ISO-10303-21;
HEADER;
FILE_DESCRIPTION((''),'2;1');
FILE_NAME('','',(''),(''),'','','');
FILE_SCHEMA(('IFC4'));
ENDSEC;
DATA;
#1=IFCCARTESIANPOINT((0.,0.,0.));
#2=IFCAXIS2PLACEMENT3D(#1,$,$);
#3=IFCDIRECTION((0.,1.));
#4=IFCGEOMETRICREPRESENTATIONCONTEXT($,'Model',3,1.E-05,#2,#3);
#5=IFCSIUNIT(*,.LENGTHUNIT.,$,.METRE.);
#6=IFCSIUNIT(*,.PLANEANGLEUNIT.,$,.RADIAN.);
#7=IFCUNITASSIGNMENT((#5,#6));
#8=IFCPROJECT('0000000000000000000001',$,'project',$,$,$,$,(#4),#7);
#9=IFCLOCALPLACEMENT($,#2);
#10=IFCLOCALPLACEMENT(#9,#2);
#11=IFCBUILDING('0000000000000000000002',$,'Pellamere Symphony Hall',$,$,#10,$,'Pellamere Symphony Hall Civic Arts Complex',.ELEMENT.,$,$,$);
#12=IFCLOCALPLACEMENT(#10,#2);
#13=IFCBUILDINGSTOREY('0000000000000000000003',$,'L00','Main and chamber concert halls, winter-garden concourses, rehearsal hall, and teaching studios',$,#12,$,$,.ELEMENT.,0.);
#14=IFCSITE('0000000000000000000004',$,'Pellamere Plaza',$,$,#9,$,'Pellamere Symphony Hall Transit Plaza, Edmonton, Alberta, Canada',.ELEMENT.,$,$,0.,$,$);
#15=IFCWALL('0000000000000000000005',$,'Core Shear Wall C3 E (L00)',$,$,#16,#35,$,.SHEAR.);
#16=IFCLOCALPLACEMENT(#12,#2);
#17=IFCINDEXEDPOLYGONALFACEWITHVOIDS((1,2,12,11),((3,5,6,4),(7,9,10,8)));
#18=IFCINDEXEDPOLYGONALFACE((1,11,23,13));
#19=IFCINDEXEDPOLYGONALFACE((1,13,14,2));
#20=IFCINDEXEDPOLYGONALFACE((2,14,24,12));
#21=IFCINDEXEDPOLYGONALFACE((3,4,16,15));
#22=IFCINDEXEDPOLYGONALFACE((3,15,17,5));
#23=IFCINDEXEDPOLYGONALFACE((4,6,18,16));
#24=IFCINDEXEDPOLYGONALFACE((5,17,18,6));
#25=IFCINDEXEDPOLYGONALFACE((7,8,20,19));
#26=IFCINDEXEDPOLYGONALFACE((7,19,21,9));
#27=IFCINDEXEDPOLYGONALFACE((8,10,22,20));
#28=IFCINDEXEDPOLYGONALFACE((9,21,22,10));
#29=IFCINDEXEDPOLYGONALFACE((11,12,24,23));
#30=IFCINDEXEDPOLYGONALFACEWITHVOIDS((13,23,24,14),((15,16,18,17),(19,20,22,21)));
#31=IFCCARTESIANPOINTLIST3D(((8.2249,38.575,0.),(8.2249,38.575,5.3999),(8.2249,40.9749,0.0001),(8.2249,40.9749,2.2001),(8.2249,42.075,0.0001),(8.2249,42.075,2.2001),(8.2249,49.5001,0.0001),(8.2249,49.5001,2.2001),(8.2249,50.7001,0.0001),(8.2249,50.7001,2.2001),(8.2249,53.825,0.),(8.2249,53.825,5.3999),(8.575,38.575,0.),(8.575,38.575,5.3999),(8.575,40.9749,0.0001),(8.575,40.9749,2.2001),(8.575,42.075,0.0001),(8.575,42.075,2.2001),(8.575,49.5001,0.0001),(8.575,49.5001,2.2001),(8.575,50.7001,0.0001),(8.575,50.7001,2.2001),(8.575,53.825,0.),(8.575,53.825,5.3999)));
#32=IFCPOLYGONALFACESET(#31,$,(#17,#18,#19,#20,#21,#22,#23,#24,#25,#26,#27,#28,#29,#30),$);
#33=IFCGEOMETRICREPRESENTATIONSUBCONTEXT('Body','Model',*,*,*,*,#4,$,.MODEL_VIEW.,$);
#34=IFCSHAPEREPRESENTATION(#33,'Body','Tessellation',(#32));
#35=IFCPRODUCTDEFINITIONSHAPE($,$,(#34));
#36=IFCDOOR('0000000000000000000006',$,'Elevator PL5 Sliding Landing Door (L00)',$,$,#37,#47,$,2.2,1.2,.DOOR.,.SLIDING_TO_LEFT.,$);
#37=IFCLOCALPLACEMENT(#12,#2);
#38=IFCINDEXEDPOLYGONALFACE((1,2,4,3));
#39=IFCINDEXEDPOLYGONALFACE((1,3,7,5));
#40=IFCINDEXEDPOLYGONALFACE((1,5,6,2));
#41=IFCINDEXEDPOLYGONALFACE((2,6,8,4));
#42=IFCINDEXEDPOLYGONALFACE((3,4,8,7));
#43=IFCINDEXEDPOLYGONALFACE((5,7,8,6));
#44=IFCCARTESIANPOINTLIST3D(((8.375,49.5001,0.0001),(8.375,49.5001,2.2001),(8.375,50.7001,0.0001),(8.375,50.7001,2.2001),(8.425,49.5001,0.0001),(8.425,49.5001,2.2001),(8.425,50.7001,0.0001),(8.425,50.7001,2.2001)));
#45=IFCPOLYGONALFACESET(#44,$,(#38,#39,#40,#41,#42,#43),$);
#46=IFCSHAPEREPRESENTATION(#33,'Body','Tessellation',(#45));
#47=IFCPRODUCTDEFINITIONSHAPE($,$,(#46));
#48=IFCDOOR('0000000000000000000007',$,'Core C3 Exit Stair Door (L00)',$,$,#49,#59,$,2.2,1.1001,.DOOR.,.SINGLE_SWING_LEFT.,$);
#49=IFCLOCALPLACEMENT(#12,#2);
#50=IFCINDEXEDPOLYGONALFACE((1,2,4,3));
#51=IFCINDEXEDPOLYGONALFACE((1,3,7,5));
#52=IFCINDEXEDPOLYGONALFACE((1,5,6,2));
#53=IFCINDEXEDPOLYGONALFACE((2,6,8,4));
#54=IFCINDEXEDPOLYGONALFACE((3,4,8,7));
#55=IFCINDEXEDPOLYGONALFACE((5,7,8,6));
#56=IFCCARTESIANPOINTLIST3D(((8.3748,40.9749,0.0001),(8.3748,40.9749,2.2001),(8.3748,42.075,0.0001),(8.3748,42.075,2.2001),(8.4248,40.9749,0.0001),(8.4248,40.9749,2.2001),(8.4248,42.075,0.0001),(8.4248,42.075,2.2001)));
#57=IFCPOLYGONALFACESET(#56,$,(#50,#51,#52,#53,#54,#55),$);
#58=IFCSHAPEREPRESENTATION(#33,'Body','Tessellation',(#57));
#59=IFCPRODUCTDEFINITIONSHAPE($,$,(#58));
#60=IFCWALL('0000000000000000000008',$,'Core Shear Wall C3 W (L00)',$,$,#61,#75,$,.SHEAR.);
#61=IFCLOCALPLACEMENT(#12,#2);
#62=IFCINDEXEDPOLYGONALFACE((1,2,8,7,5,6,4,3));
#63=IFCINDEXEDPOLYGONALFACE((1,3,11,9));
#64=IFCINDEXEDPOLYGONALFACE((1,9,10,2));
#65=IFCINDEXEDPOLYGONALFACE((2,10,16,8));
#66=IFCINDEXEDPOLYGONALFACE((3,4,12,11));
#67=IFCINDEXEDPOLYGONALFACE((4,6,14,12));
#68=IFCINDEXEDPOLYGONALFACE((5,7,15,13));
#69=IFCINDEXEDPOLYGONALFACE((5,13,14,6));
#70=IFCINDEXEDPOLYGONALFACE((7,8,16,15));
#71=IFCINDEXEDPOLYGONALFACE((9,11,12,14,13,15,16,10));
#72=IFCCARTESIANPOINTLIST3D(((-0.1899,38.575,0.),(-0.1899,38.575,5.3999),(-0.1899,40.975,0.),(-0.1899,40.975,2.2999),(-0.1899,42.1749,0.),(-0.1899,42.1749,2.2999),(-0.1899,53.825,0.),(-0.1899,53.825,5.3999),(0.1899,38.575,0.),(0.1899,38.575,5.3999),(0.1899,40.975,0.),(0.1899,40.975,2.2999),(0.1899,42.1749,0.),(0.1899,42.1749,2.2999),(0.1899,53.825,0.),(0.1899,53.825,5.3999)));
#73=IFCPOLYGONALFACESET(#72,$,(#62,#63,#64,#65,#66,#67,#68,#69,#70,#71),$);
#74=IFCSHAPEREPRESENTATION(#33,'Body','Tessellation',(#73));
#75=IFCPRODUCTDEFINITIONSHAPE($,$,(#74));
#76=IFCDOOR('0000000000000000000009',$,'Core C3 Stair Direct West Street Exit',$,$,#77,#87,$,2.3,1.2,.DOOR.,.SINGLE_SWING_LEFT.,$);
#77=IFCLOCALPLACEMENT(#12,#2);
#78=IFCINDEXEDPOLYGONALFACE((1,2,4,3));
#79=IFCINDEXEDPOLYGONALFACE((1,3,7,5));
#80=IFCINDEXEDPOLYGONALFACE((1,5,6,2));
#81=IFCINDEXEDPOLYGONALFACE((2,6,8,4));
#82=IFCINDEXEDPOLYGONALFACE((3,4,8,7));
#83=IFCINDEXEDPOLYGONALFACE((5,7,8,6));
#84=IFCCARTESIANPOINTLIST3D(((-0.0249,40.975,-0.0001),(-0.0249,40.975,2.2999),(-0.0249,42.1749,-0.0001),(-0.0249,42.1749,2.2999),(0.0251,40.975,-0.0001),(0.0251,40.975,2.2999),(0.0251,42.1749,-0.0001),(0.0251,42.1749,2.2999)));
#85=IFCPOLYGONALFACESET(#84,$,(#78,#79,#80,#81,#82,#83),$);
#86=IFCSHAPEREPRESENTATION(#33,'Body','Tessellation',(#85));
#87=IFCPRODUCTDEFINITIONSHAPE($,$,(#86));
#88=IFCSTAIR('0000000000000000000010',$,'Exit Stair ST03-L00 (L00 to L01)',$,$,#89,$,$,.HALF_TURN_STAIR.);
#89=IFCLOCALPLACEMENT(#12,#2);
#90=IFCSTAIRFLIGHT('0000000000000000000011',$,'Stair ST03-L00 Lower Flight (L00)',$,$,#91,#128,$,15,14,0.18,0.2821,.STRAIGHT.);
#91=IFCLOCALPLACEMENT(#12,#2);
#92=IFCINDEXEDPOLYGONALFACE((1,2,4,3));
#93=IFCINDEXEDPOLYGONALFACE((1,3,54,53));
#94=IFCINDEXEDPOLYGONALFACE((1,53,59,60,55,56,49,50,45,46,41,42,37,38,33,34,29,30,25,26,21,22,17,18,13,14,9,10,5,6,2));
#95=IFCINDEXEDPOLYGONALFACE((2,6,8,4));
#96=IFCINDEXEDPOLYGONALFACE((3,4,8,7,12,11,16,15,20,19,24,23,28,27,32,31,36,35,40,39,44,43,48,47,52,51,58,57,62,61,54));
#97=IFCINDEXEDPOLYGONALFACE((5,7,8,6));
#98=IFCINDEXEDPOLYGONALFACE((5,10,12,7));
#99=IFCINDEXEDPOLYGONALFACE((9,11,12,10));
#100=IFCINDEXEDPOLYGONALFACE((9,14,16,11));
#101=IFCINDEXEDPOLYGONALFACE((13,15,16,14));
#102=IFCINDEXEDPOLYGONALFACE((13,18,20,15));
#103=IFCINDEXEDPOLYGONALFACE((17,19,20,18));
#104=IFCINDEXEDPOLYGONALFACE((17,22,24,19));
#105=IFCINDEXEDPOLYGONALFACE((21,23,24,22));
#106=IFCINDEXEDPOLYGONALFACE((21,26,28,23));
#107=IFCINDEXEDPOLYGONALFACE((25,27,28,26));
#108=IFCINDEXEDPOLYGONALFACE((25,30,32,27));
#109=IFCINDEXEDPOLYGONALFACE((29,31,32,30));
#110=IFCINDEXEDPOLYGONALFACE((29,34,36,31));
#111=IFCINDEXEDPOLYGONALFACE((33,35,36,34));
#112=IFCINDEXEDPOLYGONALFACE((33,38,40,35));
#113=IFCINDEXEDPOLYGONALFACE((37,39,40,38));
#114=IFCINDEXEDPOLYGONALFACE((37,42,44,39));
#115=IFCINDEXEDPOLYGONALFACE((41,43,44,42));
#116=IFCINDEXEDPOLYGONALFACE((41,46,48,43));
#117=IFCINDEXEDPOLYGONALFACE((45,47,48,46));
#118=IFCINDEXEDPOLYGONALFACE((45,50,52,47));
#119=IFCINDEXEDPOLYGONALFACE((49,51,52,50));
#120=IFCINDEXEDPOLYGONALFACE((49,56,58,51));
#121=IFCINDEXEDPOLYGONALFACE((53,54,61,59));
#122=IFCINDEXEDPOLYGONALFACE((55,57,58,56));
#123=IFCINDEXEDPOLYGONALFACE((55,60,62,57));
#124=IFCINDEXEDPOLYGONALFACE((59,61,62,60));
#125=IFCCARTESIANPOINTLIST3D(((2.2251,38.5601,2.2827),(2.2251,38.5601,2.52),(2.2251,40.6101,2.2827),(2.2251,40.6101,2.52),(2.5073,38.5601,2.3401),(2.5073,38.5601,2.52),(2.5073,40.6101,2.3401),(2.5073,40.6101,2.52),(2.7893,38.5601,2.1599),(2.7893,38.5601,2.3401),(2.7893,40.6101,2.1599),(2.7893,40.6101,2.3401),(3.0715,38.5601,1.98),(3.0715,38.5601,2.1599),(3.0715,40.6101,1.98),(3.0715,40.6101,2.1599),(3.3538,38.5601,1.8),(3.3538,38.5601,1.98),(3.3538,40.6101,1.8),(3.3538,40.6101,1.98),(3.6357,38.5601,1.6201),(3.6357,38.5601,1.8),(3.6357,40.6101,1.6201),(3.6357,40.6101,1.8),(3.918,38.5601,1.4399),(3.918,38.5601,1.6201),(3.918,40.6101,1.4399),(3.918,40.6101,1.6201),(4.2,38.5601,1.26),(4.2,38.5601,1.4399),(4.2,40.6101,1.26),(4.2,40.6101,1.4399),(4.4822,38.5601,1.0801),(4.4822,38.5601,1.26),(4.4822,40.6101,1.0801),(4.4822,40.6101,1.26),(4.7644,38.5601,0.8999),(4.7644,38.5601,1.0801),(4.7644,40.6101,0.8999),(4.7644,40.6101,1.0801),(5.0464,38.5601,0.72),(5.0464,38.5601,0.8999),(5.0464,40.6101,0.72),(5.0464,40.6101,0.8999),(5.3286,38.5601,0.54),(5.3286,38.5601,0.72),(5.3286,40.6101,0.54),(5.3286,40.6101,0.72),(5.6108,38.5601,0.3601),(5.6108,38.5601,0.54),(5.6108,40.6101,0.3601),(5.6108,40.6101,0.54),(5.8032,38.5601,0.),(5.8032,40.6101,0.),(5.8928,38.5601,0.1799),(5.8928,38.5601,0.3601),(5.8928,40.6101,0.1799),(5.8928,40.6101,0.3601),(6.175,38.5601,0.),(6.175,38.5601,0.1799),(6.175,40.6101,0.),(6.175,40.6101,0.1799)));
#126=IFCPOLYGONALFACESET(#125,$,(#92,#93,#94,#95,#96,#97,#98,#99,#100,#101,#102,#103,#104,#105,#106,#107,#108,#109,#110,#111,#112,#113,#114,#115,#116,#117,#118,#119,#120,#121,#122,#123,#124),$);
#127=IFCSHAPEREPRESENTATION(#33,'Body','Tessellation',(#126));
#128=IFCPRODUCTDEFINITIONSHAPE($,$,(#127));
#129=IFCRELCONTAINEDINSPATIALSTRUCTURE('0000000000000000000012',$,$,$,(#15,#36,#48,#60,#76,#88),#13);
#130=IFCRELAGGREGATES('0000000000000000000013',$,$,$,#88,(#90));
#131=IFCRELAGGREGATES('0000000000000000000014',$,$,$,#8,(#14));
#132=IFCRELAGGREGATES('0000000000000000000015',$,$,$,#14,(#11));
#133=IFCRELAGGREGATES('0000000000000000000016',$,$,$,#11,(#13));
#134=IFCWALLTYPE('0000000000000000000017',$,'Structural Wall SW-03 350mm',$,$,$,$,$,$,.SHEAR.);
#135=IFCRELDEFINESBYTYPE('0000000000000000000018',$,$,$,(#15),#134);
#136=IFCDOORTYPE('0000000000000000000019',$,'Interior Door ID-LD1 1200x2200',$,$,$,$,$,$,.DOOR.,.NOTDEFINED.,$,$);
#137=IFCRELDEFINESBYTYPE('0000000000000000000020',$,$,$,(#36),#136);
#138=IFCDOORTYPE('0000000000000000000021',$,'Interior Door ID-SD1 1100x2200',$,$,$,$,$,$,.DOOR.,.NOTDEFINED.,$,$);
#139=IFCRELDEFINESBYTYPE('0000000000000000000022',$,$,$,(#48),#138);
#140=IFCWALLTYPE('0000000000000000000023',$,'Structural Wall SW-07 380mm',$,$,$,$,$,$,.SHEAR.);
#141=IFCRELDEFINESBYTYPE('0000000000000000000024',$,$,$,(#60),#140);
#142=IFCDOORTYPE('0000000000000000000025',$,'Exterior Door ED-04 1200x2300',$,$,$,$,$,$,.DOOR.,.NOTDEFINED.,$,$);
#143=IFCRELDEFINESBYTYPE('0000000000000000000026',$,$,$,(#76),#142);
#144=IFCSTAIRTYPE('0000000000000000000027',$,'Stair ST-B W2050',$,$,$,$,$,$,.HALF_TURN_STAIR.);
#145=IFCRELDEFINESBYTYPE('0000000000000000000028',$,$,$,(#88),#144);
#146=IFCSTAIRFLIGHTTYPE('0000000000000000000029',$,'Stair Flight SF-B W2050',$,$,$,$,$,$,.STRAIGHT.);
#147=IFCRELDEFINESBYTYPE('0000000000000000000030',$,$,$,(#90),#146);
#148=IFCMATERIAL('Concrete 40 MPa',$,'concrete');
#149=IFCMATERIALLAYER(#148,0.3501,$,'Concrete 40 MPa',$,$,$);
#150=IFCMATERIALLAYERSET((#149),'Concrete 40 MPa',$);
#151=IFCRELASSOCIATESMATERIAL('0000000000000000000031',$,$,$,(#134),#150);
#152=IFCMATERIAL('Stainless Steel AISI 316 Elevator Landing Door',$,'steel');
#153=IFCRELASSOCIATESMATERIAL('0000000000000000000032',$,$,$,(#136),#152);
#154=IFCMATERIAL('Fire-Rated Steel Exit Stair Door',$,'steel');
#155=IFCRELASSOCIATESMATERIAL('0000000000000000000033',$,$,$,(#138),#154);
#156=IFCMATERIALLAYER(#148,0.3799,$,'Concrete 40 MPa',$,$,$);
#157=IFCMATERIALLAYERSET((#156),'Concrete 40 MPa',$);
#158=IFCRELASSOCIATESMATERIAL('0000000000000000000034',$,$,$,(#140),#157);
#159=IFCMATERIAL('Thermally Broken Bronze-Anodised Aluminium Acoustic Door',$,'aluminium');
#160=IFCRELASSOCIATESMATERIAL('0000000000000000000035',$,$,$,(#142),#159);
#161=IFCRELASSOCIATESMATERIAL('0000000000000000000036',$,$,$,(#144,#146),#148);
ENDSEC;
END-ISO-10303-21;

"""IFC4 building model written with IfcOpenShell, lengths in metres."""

from ifc_helpers import new_model, si_unit, direction, frame, frame_2d, origin, place, context, subcontext, project, spatial, polyline, rectangle, outline, extrude, material, layer, layer_set, type_object, element, fill, aggregate, save


model = new_model("IFC4")

# Units and contexts
model_context = context("Model", 3, precision=1e-05, world=origin(), true_north=direction((0.0, 1.0)))
body_context = subcontext(model_context, "Body", "Model", "MODEL_VIEW")
ifc_project = project(units=[si_unit("LENGTHUNIT", "METRE"), si_unit("PLANEANGLEUNIT", "RADIAN")], contexts=[model_context])

# Site, building, storey
site_placement = place(None, origin())
site = spatial("IfcSite", under=ifc_project, at=site_placement, Name="Pellamere Plaza", LongName="Pellamere Symphony Hall Transit Plaza, Edmonton, Alberta, Canada", CompositionType="ELEMENT", RefElevation=0.0)
building_placement = place(site_placement, origin())
building = spatial("IfcBuilding", under=site, at=building_placement, Name="Pellamere Symphony Hall", LongName="Pellamere Symphony Hall Civic Arts Complex", CompositionType="ELEMENT")
storey_placement = place(building_placement, origin())
storey = spatial("IfcBuildingStorey", under=building, at=storey_placement, Name="L00", Description="Main and chamber concert halls, winter-garden concourses, rehearsal hall, and teaching studios", CompositionType="ELEMENT", Elevation=0.0)

# Shared definitions
ifc_material_1 = material(Name="Concrete 40 MPa", Category="concrete")

# Shared definitions
ifc_layer_1 = layer(ifc_material_1, 0.3501, Name="Concrete 40 MPa")
ifc_layer_set_1 = layer_set([ifc_layer_1], Name="Concrete 40 MPa")
wall_type_1 = type_object("IfcWallType", Name="Structural Wall SW-03 350mm", PredefinedType="SHEAR", material=ifc_layer_set_1)

# Wall, openings, doors
wall_1_placement = place(storey_placement, frame((8.3999, 38.575, 0.0), z_axis=(0.0, 0.0, 1.0), x_axis=(0.0, 1.0, 0.0)))
wall_1 = element("IfcWall", 1, at=wall_1_placement, inside=storey, type_object=wall_type_1, Name="Core Shear Wall C3 E (L00)", PredefinedType="SHEAR", context=body_context, shape_type="SweptSolid", body=[
    extrude(rectangle(XDim=15.25, YDim=0.3501, at=frame_2d((7.625, 0.0))), origin(), (0.0, 0.0, 1.0), 5.3999),
])
opening_1_placement = place(wall_1_placement, frame((10.925, 0.0, 0.0)))
opening_1 = element("IfcOpeningElement", 2, at=opening_1_placement, cuts=wall_1, PredefinedType="OPENING", context=body_context, shape_type="SweptSolid", body=[
    extrude(rectangle(XDim=1.2, YDim=2.2, at=frame_2d((0.6001, 1.1001))), frame((0.0, 0.1851, 0.0), z_axis=(0.0, -1.0, 0.0), x_axis=(1.0, 0.0, 0.0)), (0.0, 0.0, 1.0), 0.3701),
])
opening_2_placement = place(wall_1_placement, frame((2.3999, 0.0, 0.0)))
opening_2 = element("IfcOpeningElement", 3, at=opening_2_placement, cuts=wall_1, PredefinedType="OPENING", context=body_context, shape_type="SweptSolid", body=[
    extrude(rectangle(XDim=1.1001, YDim=2.2, at=frame_2d((0.55, 1.1001))), frame((0.0, 0.1851, 0.0), z_axis=(0.0, -1.0, 0.0), x_axis=(1.0, 0.0, 0.0)), (0.0, 0.0, 1.0), 0.3701),
])
ifc_material_2 = material(Name="Stainless Steel AISI 316 Elevator Landing Door", Category="steel")
door_type_1 = type_object("IfcDoorType", Name="Interior Door ID-LD1 1200x2200", OperationType="NOTDEFINED", PredefinedType="DOOR", material=ifc_material_2)
door_1_placement = place(opening_1_placement, origin())
door_1 = element("IfcDoor", 4, at=door_1_placement, inside=storey, type_object=door_type_1, Name="Elevator PL5 Sliding Landing Door (L00)", OperationType="SLIDING_TO_LEFT", OverallHeight=2.2, OverallWidth=1.2, PredefinedType="DOOR", context=body_context, shape_type="SweptSolid", body=[
    extrude(rectangle(XDim=1.2, YDim=2.2, at=frame_2d((0.6001, 1.1001))), frame((0.0, 0.0249, 0.0), z_axis=(0.0, -1.0, 0.0), x_axis=(1.0, 0.0, 0.0)), (0.0, 0.0, 1.0), 0.05),
])
fill(opening_1, door_1)
ifc_material_3 = material(Name="Fire-Rated Steel Exit Stair Door", Category="steel")
door_type_2 = type_object("IfcDoorType", Name="Interior Door ID-SD1 1100x2200", OperationType="NOTDEFINED", PredefinedType="DOOR", material=ifc_material_3)
door_2_placement = place(opening_2_placement, frame((1.1001, 0.0, 0.0), z_axis=(0.0, 0.0, 1.0), x_axis=(-1.0, 0.0, 0.0)))
door_2 = element("IfcDoor", 5, at=door_2_placement, inside=storey, type_object=door_type_2, Name="Core C3 Exit Stair Door (L00)", OperationType="SINGLE_SWING_LEFT", OverallHeight=2.2, OverallWidth=1.1001, PredefinedType="DOOR", context=body_context, shape_type="SweptSolid", body=[
    extrude(rectangle(XDim=1.1001, YDim=2.2, at=frame_2d((0.55, 1.1001))), frame((0.0, 0.0249, 0.0), z_axis=(0.0, -1.0, 0.0), x_axis=(1.0, 0.0, 0.0)), (0.0, 0.0, 1.0), 0.05),
])
fill(opening_2, door_2)

# Wall, opening, door
ifc_layer_2 = layer(ifc_material_1, 0.3799, Name="Concrete 40 MPa")
ifc_layer_set_2 = layer_set([ifc_layer_2], Name="Concrete 40 MPa")
wall_type_2 = type_object("IfcWallType", Name="Structural Wall SW-07 380mm", PredefinedType="SHEAR", material=ifc_layer_set_2)
wall_2_placement = place(storey_placement, frame((0.0, 38.575, 0.0), z_axis=(0.0, 0.0, 1.0), x_axis=(0.0, 1.0, 0.0)))
wall_2 = element("IfcWall", 6, at=wall_2_placement, inside=storey, type_object=wall_type_2, Name="Core Shear Wall C3 W (L00)", PredefinedType="SHEAR", context=body_context, shape_type="SweptSolid", body=[
    extrude(rectangle(XDim=15.25, YDim=0.3799, at=frame_2d((7.625, 0.0))), origin(), (0.0, 0.0, 1.0), 5.3999),
])
opening_3_placement = place(wall_2_placement, frame((2.3999, 0.0, 0.0)))
opening_3 = element("IfcOpeningElement", 7, at=opening_3_placement, cuts=wall_2, PredefinedType="OPENING", context=body_context, shape_type="SweptSolid", body=[
    extrude(rectangle(XDim=1.2, YDim=2.3, at=frame_2d((0.6001, 1.1499))), frame((0.0, 0.2, 0.0), z_axis=(0.0, -1.0, 0.0), x_axis=(1.0, 0.0, 0.0)), (0.0, 0.0, 1.0), 0.3999),
])
ifc_material_4 = material(Name="Thermally Broken Bronze-Anodised Aluminium Acoustic Door", Category="aluminium")
door_type_3 = type_object("IfcDoorType", Name="Exterior Door ED-04 1200x2300", OperationType="NOTDEFINED", PredefinedType="DOOR", material=ifc_material_4)
door_3_placement = place(opening_3_placement, origin())
door_3 = element("IfcDoor", 8, at=door_3_placement, inside=storey, type_object=door_type_3, Name="Core C3 Stair Direct West Street Exit", OperationType="SINGLE_SWING_LEFT", OverallHeight=2.3, OverallWidth=1.2, PredefinedType="DOOR", context=body_context, shape_type="SweptSolid", body=[
    extrude(rectangle(XDim=1.2, YDim=2.3, at=frame_2d((0.6001, 1.1499))), frame((0.0, 0.0249, 0.0), z_axis=(0.0, -1.0, 0.0), x_axis=(1.0, 0.0, 0.0)), (0.0, 0.0, 1.0), 0.05),
])
fill(opening_3, door_3)

# Stair, stair flight
stair_type = type_object("IfcStairType", Name="Stair ST-B W2050", PredefinedType="HALF_TURN_STAIR", material=ifc_material_1)
stair_placement = place(storey_placement, origin())
stair = element("IfcStair", 9, at=stair_placement, inside=storey, type_object=stair_type, Name="Exit Stair ST03-L00 (L00 to L01)", PredefinedType="HALF_TURN_STAIR")
stair_flight_type = type_object("IfcStairFlightType", Name="Stair Flight SF-B W2050", PredefinedType="STRAIGHT", material=ifc_material_1)
stair_flight_placement = place(storey_placement, frame((6.175, 39.585, 0.0), z_axis=(0.0, 0.0, 1.0), x_axis=(-1.0, 0.0, 0.0)))
stair_flight = element("IfcStairFlight", 10, at=stair_flight_placement, type_object=stair_flight_type, Name="Stair ST03-L00 Lower Flight (L00)", NumberOfRisers=15, NumberOfTreads=14, PredefinedType="STRAIGHT", RiserHeight=0.18, TreadLength=0.2821, context=body_context, shape_type="SweptSolid", body=[
    extrude(outline(polyline([(0.0, 0.0), (0.0, 0.1799), (0.2822, 0.1799), (0.2822, 0.3601), (0.5642, 0.3601), (0.5642, 0.54), (0.8464, 0.54), (0.8464, 0.72), (1.1287, 0.72), (1.1287, 0.8999), (1.4106, 0.8999), (1.4106, 1.0801), (1.6929, 1.0801), (1.6929, 1.26), (1.9751, 1.26), (1.9751, 1.4399), (2.2571, 1.4399), (2.2571, 1.6201), (2.5393, 1.6201), (2.5393, 1.8), (2.8213, 1.8), (2.8213, 1.98), (3.1035, 1.98), (3.1035, 2.1599), (3.3857, 2.1599), (3.3857, 2.3401), (3.6677, 2.3401), (3.6677, 2.52), (3.95, 2.52), (3.95, 2.7), (3.95, 2.2827), (0.3718, 0.0), (0.0, 0.0)])), frame((0.0, 1.0249, 0.0), z_axis=(0.0, -1.0, 0.0), x_axis=(1.0, 0.0, 0.0)), (0.0, 0.0, 1.0), 2.05),
])
aggregate(stair, [stair_flight])

save(model, "model.ifc")
